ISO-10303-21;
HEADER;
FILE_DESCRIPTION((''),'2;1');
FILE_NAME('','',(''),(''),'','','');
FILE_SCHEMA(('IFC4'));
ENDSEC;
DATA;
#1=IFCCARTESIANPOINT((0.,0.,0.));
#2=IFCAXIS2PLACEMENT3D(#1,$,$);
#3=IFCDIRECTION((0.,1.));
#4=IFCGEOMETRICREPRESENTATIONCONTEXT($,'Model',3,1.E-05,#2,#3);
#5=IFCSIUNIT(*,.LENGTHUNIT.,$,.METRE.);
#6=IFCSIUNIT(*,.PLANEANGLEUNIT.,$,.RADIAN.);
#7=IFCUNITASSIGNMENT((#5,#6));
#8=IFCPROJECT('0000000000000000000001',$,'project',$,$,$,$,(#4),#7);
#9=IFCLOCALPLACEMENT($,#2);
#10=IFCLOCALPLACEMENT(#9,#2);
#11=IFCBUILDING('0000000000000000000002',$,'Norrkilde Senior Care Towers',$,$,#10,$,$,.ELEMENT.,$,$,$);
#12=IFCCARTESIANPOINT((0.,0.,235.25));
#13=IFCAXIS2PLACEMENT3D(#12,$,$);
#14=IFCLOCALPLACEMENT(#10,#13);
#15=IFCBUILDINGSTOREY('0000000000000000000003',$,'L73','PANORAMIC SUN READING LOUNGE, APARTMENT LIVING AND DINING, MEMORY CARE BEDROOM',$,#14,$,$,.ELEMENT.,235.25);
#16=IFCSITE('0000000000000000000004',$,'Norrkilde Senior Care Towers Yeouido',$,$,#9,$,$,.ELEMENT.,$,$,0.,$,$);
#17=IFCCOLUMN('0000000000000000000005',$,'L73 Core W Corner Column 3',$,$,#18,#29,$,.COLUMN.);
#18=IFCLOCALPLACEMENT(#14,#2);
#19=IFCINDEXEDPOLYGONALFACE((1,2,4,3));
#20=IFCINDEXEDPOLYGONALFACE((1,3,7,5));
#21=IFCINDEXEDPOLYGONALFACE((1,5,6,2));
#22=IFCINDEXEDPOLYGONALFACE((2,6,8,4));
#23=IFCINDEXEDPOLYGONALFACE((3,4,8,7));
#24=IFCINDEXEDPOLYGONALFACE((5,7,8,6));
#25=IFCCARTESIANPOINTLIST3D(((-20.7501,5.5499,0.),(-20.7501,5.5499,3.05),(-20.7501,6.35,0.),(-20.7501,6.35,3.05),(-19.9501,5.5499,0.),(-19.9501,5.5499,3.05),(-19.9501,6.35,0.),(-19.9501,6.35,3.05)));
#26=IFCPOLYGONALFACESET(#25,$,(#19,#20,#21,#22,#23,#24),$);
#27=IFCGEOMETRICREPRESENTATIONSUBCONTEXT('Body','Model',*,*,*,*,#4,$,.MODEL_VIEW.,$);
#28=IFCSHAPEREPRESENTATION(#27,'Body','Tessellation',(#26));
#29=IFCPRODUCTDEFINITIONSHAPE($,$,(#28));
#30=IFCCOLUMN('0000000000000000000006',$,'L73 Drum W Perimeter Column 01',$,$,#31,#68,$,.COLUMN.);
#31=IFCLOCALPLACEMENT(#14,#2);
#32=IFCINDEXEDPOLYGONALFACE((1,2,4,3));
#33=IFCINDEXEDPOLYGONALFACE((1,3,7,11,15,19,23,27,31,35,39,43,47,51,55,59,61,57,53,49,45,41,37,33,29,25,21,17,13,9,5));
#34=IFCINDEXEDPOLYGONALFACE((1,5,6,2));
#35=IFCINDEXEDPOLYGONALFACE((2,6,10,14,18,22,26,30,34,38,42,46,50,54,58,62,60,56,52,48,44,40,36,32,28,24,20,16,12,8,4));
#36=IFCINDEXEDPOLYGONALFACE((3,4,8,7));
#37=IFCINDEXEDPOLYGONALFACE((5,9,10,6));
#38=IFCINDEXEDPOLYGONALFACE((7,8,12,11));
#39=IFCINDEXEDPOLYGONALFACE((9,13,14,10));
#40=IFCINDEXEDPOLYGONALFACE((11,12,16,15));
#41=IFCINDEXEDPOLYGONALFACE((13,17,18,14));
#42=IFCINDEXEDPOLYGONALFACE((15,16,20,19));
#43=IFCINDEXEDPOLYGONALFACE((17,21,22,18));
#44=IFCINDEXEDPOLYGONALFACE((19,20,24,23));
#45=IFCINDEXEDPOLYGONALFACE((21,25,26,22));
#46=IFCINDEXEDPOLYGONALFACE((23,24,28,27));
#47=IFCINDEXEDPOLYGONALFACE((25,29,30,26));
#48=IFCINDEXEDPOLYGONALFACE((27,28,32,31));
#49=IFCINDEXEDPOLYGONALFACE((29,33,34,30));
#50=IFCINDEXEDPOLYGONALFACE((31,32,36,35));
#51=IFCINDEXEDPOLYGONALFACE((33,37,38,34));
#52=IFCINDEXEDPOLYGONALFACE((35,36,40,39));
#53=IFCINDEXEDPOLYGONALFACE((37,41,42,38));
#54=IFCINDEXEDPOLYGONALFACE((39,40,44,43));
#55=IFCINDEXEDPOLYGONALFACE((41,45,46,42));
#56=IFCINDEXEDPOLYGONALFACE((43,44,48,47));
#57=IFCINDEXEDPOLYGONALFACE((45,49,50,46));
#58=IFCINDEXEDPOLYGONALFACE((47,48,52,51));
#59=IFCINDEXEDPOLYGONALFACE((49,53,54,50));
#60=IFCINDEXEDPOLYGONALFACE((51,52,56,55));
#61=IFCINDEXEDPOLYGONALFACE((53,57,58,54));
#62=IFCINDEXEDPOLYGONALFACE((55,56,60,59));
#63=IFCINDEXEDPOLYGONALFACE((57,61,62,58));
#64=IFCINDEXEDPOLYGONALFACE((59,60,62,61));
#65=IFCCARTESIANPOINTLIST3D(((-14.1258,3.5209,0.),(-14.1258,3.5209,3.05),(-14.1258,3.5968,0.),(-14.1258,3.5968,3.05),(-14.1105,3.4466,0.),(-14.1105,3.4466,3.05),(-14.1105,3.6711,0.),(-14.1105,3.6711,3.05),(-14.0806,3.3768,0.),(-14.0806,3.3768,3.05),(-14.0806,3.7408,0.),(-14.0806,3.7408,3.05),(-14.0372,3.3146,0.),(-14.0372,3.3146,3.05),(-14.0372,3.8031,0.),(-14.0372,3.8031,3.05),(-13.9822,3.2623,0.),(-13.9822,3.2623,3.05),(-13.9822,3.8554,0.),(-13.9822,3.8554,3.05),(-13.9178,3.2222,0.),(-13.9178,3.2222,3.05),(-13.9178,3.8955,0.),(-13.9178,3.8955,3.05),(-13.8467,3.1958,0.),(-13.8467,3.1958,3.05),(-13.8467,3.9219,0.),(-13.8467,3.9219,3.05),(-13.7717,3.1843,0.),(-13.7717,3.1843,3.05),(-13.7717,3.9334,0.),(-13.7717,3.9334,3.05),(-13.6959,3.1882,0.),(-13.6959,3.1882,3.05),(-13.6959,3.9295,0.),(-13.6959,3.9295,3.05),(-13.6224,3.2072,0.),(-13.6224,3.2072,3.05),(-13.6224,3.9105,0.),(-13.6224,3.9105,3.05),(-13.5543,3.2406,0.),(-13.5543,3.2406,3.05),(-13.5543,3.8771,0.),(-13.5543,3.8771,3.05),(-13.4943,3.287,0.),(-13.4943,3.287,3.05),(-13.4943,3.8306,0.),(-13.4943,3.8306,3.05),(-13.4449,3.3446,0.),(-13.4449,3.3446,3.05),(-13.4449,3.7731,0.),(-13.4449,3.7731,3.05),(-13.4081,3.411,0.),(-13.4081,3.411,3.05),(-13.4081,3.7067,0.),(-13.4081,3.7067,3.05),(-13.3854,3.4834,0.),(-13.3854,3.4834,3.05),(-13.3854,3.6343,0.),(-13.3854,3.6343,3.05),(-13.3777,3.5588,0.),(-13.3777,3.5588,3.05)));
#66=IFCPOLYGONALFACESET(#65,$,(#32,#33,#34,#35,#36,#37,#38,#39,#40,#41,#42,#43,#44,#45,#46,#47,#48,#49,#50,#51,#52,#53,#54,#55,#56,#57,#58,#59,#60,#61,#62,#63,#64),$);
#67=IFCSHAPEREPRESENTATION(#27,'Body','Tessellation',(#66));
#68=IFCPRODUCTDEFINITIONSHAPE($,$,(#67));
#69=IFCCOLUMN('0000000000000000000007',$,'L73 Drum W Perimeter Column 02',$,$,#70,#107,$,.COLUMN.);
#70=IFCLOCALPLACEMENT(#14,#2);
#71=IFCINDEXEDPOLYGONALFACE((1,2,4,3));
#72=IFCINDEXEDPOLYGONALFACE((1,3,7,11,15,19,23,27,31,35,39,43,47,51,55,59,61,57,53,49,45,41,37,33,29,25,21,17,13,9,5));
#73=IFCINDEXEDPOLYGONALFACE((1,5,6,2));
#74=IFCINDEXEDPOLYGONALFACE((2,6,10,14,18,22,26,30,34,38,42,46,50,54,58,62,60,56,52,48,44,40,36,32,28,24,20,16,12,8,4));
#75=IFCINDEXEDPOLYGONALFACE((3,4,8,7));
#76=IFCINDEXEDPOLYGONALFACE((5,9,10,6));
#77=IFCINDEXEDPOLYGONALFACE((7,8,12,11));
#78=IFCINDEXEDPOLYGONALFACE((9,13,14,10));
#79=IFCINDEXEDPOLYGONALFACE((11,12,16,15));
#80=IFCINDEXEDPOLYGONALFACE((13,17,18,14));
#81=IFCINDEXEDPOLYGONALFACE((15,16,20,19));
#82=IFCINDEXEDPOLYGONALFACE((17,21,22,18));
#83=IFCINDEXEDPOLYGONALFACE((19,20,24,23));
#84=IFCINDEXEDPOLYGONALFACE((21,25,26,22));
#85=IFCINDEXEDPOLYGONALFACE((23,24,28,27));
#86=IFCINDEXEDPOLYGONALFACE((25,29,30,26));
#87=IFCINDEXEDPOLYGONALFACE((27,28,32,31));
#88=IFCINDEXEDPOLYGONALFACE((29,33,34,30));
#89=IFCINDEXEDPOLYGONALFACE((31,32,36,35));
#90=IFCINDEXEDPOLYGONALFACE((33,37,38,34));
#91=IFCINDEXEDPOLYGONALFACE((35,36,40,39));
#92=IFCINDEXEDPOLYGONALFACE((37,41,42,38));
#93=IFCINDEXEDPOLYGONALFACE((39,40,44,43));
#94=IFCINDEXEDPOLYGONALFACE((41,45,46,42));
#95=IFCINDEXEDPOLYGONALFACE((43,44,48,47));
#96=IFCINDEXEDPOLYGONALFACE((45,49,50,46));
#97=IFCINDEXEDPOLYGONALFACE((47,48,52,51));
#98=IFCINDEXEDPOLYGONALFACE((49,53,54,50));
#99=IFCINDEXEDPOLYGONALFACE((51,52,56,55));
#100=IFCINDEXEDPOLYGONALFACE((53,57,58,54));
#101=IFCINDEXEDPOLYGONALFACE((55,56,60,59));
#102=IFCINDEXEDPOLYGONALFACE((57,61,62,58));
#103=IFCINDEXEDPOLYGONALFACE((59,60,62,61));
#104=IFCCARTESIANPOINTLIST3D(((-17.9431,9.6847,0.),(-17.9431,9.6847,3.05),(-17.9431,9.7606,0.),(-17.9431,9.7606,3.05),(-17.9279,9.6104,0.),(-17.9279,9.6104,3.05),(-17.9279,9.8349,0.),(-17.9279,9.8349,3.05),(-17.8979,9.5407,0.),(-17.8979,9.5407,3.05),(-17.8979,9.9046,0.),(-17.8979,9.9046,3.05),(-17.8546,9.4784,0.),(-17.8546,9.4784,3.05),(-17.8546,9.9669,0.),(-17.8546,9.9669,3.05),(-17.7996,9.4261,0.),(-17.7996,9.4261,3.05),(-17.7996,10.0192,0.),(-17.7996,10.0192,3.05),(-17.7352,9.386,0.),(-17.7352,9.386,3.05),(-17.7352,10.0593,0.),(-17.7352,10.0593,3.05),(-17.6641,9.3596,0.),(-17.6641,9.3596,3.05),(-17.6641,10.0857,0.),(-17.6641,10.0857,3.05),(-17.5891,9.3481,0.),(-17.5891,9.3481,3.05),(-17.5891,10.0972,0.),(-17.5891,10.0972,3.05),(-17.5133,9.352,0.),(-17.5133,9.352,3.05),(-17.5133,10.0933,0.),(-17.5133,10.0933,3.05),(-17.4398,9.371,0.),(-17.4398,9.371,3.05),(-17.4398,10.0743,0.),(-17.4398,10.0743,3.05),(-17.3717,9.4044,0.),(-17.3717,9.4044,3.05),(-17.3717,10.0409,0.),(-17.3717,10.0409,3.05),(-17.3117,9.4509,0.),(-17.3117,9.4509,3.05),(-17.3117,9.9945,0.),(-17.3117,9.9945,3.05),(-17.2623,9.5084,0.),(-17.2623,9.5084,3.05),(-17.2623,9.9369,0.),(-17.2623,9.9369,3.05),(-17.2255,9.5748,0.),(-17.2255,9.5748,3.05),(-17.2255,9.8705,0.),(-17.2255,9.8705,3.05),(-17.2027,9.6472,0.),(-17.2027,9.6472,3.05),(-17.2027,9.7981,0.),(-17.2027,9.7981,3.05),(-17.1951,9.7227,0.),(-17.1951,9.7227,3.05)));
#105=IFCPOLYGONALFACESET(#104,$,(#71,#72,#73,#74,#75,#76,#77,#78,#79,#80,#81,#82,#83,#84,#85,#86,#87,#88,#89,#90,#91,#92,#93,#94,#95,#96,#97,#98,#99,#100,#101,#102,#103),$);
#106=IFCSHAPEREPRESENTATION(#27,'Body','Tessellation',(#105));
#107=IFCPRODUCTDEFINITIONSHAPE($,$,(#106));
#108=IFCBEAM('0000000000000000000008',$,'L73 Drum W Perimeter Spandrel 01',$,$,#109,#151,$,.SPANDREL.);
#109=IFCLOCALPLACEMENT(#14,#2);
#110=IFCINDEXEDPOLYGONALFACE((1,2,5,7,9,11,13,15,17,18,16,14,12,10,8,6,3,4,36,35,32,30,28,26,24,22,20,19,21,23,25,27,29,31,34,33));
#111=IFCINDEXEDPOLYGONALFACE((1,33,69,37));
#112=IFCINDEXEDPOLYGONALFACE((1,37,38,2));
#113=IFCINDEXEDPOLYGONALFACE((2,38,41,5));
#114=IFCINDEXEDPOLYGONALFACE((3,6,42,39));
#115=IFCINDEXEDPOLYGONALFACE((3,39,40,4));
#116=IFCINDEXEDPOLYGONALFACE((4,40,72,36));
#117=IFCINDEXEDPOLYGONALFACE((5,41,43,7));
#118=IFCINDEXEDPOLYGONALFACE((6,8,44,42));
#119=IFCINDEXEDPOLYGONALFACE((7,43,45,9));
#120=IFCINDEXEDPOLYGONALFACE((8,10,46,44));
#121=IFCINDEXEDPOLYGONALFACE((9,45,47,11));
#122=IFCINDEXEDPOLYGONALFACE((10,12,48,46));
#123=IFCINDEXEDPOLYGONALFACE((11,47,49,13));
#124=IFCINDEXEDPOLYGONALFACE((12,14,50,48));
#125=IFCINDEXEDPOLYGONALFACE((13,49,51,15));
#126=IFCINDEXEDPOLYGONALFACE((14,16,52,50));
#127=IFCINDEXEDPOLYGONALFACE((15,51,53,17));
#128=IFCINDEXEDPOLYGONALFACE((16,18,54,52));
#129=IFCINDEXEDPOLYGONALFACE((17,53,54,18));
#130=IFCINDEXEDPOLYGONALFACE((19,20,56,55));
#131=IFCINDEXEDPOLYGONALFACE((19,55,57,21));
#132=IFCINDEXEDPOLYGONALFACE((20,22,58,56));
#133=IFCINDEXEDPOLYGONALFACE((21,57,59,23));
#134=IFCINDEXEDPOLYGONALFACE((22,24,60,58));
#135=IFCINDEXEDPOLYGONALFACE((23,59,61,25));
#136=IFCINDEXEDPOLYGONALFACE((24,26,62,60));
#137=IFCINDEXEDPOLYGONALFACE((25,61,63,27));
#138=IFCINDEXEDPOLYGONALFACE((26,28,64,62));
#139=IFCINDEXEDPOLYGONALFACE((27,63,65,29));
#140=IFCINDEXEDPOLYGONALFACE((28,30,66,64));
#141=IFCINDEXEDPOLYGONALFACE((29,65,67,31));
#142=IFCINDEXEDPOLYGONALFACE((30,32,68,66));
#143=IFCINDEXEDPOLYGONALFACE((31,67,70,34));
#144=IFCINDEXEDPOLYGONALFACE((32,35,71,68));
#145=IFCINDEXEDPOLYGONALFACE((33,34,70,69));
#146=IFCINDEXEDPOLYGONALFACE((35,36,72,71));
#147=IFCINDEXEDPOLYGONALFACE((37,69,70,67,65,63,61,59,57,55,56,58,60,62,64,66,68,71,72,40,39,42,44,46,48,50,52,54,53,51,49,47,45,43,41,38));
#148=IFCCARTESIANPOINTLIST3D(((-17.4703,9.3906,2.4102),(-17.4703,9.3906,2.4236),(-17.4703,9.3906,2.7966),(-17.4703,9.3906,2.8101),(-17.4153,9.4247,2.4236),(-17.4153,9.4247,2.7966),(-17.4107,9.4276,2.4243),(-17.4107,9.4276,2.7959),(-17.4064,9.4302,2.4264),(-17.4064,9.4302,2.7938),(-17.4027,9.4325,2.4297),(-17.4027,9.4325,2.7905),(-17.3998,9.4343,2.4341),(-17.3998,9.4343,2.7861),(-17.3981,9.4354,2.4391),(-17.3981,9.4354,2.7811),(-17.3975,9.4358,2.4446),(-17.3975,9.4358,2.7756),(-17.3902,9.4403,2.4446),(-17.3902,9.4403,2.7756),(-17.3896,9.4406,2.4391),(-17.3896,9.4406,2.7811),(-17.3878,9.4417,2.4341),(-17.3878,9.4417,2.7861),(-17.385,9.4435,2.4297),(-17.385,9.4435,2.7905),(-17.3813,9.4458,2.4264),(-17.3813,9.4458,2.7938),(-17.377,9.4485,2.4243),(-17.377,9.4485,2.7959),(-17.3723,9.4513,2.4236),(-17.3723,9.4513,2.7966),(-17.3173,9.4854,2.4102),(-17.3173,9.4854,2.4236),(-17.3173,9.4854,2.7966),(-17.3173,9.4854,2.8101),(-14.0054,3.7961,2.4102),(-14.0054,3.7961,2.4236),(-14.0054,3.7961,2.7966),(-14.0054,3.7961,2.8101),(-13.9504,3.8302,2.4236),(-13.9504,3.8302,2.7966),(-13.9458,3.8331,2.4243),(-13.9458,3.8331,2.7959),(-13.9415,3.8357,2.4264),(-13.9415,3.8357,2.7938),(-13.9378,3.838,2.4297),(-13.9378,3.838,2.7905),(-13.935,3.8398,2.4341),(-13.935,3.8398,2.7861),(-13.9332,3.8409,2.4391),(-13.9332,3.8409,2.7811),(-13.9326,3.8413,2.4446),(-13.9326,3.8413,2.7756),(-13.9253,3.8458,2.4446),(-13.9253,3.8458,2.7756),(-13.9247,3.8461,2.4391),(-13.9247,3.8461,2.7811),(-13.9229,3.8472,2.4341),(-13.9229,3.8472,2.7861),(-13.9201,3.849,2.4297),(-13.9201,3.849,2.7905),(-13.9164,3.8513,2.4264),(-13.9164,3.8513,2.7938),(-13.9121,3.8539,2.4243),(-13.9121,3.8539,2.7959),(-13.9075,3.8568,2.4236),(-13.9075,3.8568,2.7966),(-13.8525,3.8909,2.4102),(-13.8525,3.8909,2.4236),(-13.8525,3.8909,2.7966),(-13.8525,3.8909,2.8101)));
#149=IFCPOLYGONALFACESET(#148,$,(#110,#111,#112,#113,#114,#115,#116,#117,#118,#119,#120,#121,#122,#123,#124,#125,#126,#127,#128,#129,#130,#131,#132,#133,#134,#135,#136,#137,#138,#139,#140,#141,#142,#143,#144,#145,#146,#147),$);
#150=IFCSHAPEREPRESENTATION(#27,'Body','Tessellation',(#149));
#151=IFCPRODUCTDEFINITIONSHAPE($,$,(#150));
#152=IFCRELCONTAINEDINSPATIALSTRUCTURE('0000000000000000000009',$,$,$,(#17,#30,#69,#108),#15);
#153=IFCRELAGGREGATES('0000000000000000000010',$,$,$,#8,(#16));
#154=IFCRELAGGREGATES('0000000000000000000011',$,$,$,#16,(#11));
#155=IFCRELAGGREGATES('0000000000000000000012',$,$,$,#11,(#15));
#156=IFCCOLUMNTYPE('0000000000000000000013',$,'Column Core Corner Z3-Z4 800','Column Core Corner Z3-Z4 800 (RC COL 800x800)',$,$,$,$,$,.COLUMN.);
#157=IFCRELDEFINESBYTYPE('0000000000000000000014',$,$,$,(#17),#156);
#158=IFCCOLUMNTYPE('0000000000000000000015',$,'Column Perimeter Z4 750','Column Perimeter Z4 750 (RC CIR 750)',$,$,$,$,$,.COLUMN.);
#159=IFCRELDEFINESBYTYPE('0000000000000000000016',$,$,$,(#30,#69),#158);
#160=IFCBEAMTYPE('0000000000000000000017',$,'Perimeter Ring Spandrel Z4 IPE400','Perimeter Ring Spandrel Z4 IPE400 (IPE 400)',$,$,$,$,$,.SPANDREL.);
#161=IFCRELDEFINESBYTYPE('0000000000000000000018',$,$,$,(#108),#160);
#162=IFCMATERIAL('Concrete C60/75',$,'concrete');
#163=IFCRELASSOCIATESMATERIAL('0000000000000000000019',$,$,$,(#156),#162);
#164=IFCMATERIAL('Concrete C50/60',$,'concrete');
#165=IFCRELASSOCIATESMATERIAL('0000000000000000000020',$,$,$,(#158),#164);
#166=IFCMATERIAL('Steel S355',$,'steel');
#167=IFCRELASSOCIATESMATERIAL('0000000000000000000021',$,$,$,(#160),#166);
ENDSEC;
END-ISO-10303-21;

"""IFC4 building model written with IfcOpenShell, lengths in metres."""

from ifc_helpers import new_model, si_unit, direction, frame, origin, origin_2d, place, context, subcontext, project, spatial, rectangle, circle, i_section, extrude, source, transform, mapped, material, material_profile, profile_set, type_object, type_shapes, element, save


model = new_model("IFC4")

# Units and contexts
model_context = context("Model", 3, precision=1e-05, world=origin(), true_north=direction((0.0, 1.0)))
body_context = subcontext(model_context, "Body", "Model", "MODEL_VIEW")
ifc_project = project(units=[si_unit("LENGTHUNIT", "METRE"), si_unit("PLANEANGLEUNIT", "RADIAN")], contexts=[model_context])

# Site, building, storey
site_placement = place(None, origin())
site = spatial("IfcSite", under=ifc_project, at=site_placement, Name="Norrkilde Senior Care Towers Yeouido", CompositionType="ELEMENT", RefElevation=0.0)
building_placement = place(site_placement, origin())
building = spatial("IfcBuilding", under=site, at=building_placement, Name="Norrkilde Senior Care Towers", CompositionType="ELEMENT")
storey_placement = place(building_placement, frame((0.0, 0.0, 235.25)))
storey = spatial("IfcBuildingStorey", under=building, at=storey_placement, Name="L73", Description="PANORAMIC SUN READING LOUNGE, APARTMENT LIVING AND DINING, MEMORY CARE BEDROOM", CompositionType="ELEMENT", Elevation=235.25)

# Columns
ifc_material_1 = material(Name="Concrete C60/75", Category="concrete")
ifc_material_profile_1 = material_profile(ifc_material_1, rectangle(XDim=0.8, YDim=0.8, at=origin_2d()), Name="RC COL 800x800")
ifc_profile_set_1 = profile_set([ifc_material_profile_1], Name="Concrete C60/75")
column_type_1 = type_object("IfcColumnType", Name="Column Core Corner Z3-Z4 800", Description="Column Core Corner Z3-Z4 800 (RC COL 800x800)", PredefinedType="COLUMN", material=ifc_profile_set_1)
shared_shape_1 = source(origin(), body_context, "Body", "SweptSolid", [
    extrude(rectangle(XDim=0.8, YDim=0.8, at=origin_2d()), origin(), (0.0, 0.0, 1.0), 3.05),
])
type_shapes(column_type_1, [shared_shape_1])
column_placement = place(storey_placement, frame((-20.3501, 5.95, 0.0), z_axis=(0.0, 0.0, 1.0), x_axis=(1.0, 0.0, 0.0)))
element("IfcColumn", 1, at=column_placement, inside=storey, type_object=column_type_1, Name="L73 Core W Corner Column 3", PredefinedType="COLUMN", context=body_context, shape_type="MappedRepresentation", body=[
    mapped(shared_shape_1, transform((0.0, 0.0, 0.0), x_axis=(1.0, 0.0, 0.0), y_axis=(0.0, 1.0, 0.0), z_axis=(0.0, 0.0, 1.0), scale=1.0)),
])
ifc_material_2 = material(Name="Concrete C50/60", Category="concrete")
ifc_material_profile_2 = material_profile(ifc_material_2, circle(Radius=0.375, at=origin_2d()), Name="RC CIR 750")
ifc_profile_set_2 = profile_set([ifc_material_profile_2], Name="Concrete C50/60")
column_type_2 = type_object("IfcColumnType", Name="Column Perimeter Z4 750", Description="Column Perimeter Z4 750 (RC CIR 750)", PredefinedType="COLUMN", material=ifc_profile_set_2)
shared_shape_2 = source(origin(), body_context, "Body", "SweptSolid", [
    extrude(circle(Radius=0.375, at=origin_2d()), origin(), (0.0, 0.0, 1.0), 3.05),
])
type_shapes(column_type_2, [shared_shape_2])
for number, where, z_axis, x_axis, name in (
    (2, (-13.7527, 3.5588, 0.0), (0.0, 0.0, 1.0), (1.0, 0.0, 0.0), "L73 Drum W Perimeter Column 01"),
    (3, (-17.5701, 9.7227, 0.0), (0.0, 0.0, 1.0), (1.0, 0.0, 0.0), "L73 Drum W Perimeter Column 02"),
):
    element("IfcColumn", number, at=place(storey_placement, frame(where, z_axis=z_axis, x_axis=x_axis)), inside=storey, type_object=column_type_2, Name=name, PredefinedType="COLUMN", context=body_context, shape_type="MappedRepresentation", body=[
        mapped(shared_shape_2, transform((0.0, 0.0, 0.0), x_axis=(1.0, 0.0, 0.0), y_axis=(0.0, 1.0, 0.0), z_axis=(0.0, 0.0, 1.0), scale=1.0)),
    ])

# Beam
ifc_material_3 = material(Name="Steel S355", Category="steel")
ifc_material_profile_3 = material_profile(ifc_material_3, i_section(OverallWidth=0.1799, OverallDepth=0.3999, WebThickness=0.0085, FlangeThickness=0.0134, FilletRadius=0.021, at=origin_2d()), Name="IPE 400")
ifc_profile_set_3 = profile_set([ifc_material_profile_3], Name="Steel S355")
beam_type_1 = type_object("IfcBeamType", Name="Perimeter Ring Spandrel Z4 IPE400", Description="Perimeter Ring Spandrel Z4 IPE400 (IPE 400)", PredefinedType="SPANDREL", material=ifc_profile_set_3)
shared_shape_3 = source(origin(), body_context, "Body", "SweptSolid", [
    extrude(i_section(OverallWidth=0.1799, OverallDepth=0.3999, WebThickness=0.0085, FlangeThickness=0.0134, FilletRadius=0.021, at=origin_2d()), origin(), (0.0, 0.0, 1.0), 6.5806),
])
beam_1_placement = place(storey_placement, frame((-13.929, 3.8435, 2.6101), z_axis=(-0.52653, 0.850157, 0.0), x_axis=(-0.850157, -0.52653, 0.0)))
element("IfcBeam", 4, at=beam_1_placement, inside=storey, type_object=beam_type_1, Name="L73 Drum W Perimeter Spandrel 01", PredefinedType="SPANDREL", context=body_context, shape_type="MappedRepresentation", body=[
    mapped(shared_shape_3, transform((0.0, 0.0, 0.0), x_axis=(1.0, 0.0, 0.0), y_axis=(0.0, 1.0, 0.0), z_axis=(0.0, 0.0, 1.0), scale=1.0)),
])

save(model, "model.ifc")
